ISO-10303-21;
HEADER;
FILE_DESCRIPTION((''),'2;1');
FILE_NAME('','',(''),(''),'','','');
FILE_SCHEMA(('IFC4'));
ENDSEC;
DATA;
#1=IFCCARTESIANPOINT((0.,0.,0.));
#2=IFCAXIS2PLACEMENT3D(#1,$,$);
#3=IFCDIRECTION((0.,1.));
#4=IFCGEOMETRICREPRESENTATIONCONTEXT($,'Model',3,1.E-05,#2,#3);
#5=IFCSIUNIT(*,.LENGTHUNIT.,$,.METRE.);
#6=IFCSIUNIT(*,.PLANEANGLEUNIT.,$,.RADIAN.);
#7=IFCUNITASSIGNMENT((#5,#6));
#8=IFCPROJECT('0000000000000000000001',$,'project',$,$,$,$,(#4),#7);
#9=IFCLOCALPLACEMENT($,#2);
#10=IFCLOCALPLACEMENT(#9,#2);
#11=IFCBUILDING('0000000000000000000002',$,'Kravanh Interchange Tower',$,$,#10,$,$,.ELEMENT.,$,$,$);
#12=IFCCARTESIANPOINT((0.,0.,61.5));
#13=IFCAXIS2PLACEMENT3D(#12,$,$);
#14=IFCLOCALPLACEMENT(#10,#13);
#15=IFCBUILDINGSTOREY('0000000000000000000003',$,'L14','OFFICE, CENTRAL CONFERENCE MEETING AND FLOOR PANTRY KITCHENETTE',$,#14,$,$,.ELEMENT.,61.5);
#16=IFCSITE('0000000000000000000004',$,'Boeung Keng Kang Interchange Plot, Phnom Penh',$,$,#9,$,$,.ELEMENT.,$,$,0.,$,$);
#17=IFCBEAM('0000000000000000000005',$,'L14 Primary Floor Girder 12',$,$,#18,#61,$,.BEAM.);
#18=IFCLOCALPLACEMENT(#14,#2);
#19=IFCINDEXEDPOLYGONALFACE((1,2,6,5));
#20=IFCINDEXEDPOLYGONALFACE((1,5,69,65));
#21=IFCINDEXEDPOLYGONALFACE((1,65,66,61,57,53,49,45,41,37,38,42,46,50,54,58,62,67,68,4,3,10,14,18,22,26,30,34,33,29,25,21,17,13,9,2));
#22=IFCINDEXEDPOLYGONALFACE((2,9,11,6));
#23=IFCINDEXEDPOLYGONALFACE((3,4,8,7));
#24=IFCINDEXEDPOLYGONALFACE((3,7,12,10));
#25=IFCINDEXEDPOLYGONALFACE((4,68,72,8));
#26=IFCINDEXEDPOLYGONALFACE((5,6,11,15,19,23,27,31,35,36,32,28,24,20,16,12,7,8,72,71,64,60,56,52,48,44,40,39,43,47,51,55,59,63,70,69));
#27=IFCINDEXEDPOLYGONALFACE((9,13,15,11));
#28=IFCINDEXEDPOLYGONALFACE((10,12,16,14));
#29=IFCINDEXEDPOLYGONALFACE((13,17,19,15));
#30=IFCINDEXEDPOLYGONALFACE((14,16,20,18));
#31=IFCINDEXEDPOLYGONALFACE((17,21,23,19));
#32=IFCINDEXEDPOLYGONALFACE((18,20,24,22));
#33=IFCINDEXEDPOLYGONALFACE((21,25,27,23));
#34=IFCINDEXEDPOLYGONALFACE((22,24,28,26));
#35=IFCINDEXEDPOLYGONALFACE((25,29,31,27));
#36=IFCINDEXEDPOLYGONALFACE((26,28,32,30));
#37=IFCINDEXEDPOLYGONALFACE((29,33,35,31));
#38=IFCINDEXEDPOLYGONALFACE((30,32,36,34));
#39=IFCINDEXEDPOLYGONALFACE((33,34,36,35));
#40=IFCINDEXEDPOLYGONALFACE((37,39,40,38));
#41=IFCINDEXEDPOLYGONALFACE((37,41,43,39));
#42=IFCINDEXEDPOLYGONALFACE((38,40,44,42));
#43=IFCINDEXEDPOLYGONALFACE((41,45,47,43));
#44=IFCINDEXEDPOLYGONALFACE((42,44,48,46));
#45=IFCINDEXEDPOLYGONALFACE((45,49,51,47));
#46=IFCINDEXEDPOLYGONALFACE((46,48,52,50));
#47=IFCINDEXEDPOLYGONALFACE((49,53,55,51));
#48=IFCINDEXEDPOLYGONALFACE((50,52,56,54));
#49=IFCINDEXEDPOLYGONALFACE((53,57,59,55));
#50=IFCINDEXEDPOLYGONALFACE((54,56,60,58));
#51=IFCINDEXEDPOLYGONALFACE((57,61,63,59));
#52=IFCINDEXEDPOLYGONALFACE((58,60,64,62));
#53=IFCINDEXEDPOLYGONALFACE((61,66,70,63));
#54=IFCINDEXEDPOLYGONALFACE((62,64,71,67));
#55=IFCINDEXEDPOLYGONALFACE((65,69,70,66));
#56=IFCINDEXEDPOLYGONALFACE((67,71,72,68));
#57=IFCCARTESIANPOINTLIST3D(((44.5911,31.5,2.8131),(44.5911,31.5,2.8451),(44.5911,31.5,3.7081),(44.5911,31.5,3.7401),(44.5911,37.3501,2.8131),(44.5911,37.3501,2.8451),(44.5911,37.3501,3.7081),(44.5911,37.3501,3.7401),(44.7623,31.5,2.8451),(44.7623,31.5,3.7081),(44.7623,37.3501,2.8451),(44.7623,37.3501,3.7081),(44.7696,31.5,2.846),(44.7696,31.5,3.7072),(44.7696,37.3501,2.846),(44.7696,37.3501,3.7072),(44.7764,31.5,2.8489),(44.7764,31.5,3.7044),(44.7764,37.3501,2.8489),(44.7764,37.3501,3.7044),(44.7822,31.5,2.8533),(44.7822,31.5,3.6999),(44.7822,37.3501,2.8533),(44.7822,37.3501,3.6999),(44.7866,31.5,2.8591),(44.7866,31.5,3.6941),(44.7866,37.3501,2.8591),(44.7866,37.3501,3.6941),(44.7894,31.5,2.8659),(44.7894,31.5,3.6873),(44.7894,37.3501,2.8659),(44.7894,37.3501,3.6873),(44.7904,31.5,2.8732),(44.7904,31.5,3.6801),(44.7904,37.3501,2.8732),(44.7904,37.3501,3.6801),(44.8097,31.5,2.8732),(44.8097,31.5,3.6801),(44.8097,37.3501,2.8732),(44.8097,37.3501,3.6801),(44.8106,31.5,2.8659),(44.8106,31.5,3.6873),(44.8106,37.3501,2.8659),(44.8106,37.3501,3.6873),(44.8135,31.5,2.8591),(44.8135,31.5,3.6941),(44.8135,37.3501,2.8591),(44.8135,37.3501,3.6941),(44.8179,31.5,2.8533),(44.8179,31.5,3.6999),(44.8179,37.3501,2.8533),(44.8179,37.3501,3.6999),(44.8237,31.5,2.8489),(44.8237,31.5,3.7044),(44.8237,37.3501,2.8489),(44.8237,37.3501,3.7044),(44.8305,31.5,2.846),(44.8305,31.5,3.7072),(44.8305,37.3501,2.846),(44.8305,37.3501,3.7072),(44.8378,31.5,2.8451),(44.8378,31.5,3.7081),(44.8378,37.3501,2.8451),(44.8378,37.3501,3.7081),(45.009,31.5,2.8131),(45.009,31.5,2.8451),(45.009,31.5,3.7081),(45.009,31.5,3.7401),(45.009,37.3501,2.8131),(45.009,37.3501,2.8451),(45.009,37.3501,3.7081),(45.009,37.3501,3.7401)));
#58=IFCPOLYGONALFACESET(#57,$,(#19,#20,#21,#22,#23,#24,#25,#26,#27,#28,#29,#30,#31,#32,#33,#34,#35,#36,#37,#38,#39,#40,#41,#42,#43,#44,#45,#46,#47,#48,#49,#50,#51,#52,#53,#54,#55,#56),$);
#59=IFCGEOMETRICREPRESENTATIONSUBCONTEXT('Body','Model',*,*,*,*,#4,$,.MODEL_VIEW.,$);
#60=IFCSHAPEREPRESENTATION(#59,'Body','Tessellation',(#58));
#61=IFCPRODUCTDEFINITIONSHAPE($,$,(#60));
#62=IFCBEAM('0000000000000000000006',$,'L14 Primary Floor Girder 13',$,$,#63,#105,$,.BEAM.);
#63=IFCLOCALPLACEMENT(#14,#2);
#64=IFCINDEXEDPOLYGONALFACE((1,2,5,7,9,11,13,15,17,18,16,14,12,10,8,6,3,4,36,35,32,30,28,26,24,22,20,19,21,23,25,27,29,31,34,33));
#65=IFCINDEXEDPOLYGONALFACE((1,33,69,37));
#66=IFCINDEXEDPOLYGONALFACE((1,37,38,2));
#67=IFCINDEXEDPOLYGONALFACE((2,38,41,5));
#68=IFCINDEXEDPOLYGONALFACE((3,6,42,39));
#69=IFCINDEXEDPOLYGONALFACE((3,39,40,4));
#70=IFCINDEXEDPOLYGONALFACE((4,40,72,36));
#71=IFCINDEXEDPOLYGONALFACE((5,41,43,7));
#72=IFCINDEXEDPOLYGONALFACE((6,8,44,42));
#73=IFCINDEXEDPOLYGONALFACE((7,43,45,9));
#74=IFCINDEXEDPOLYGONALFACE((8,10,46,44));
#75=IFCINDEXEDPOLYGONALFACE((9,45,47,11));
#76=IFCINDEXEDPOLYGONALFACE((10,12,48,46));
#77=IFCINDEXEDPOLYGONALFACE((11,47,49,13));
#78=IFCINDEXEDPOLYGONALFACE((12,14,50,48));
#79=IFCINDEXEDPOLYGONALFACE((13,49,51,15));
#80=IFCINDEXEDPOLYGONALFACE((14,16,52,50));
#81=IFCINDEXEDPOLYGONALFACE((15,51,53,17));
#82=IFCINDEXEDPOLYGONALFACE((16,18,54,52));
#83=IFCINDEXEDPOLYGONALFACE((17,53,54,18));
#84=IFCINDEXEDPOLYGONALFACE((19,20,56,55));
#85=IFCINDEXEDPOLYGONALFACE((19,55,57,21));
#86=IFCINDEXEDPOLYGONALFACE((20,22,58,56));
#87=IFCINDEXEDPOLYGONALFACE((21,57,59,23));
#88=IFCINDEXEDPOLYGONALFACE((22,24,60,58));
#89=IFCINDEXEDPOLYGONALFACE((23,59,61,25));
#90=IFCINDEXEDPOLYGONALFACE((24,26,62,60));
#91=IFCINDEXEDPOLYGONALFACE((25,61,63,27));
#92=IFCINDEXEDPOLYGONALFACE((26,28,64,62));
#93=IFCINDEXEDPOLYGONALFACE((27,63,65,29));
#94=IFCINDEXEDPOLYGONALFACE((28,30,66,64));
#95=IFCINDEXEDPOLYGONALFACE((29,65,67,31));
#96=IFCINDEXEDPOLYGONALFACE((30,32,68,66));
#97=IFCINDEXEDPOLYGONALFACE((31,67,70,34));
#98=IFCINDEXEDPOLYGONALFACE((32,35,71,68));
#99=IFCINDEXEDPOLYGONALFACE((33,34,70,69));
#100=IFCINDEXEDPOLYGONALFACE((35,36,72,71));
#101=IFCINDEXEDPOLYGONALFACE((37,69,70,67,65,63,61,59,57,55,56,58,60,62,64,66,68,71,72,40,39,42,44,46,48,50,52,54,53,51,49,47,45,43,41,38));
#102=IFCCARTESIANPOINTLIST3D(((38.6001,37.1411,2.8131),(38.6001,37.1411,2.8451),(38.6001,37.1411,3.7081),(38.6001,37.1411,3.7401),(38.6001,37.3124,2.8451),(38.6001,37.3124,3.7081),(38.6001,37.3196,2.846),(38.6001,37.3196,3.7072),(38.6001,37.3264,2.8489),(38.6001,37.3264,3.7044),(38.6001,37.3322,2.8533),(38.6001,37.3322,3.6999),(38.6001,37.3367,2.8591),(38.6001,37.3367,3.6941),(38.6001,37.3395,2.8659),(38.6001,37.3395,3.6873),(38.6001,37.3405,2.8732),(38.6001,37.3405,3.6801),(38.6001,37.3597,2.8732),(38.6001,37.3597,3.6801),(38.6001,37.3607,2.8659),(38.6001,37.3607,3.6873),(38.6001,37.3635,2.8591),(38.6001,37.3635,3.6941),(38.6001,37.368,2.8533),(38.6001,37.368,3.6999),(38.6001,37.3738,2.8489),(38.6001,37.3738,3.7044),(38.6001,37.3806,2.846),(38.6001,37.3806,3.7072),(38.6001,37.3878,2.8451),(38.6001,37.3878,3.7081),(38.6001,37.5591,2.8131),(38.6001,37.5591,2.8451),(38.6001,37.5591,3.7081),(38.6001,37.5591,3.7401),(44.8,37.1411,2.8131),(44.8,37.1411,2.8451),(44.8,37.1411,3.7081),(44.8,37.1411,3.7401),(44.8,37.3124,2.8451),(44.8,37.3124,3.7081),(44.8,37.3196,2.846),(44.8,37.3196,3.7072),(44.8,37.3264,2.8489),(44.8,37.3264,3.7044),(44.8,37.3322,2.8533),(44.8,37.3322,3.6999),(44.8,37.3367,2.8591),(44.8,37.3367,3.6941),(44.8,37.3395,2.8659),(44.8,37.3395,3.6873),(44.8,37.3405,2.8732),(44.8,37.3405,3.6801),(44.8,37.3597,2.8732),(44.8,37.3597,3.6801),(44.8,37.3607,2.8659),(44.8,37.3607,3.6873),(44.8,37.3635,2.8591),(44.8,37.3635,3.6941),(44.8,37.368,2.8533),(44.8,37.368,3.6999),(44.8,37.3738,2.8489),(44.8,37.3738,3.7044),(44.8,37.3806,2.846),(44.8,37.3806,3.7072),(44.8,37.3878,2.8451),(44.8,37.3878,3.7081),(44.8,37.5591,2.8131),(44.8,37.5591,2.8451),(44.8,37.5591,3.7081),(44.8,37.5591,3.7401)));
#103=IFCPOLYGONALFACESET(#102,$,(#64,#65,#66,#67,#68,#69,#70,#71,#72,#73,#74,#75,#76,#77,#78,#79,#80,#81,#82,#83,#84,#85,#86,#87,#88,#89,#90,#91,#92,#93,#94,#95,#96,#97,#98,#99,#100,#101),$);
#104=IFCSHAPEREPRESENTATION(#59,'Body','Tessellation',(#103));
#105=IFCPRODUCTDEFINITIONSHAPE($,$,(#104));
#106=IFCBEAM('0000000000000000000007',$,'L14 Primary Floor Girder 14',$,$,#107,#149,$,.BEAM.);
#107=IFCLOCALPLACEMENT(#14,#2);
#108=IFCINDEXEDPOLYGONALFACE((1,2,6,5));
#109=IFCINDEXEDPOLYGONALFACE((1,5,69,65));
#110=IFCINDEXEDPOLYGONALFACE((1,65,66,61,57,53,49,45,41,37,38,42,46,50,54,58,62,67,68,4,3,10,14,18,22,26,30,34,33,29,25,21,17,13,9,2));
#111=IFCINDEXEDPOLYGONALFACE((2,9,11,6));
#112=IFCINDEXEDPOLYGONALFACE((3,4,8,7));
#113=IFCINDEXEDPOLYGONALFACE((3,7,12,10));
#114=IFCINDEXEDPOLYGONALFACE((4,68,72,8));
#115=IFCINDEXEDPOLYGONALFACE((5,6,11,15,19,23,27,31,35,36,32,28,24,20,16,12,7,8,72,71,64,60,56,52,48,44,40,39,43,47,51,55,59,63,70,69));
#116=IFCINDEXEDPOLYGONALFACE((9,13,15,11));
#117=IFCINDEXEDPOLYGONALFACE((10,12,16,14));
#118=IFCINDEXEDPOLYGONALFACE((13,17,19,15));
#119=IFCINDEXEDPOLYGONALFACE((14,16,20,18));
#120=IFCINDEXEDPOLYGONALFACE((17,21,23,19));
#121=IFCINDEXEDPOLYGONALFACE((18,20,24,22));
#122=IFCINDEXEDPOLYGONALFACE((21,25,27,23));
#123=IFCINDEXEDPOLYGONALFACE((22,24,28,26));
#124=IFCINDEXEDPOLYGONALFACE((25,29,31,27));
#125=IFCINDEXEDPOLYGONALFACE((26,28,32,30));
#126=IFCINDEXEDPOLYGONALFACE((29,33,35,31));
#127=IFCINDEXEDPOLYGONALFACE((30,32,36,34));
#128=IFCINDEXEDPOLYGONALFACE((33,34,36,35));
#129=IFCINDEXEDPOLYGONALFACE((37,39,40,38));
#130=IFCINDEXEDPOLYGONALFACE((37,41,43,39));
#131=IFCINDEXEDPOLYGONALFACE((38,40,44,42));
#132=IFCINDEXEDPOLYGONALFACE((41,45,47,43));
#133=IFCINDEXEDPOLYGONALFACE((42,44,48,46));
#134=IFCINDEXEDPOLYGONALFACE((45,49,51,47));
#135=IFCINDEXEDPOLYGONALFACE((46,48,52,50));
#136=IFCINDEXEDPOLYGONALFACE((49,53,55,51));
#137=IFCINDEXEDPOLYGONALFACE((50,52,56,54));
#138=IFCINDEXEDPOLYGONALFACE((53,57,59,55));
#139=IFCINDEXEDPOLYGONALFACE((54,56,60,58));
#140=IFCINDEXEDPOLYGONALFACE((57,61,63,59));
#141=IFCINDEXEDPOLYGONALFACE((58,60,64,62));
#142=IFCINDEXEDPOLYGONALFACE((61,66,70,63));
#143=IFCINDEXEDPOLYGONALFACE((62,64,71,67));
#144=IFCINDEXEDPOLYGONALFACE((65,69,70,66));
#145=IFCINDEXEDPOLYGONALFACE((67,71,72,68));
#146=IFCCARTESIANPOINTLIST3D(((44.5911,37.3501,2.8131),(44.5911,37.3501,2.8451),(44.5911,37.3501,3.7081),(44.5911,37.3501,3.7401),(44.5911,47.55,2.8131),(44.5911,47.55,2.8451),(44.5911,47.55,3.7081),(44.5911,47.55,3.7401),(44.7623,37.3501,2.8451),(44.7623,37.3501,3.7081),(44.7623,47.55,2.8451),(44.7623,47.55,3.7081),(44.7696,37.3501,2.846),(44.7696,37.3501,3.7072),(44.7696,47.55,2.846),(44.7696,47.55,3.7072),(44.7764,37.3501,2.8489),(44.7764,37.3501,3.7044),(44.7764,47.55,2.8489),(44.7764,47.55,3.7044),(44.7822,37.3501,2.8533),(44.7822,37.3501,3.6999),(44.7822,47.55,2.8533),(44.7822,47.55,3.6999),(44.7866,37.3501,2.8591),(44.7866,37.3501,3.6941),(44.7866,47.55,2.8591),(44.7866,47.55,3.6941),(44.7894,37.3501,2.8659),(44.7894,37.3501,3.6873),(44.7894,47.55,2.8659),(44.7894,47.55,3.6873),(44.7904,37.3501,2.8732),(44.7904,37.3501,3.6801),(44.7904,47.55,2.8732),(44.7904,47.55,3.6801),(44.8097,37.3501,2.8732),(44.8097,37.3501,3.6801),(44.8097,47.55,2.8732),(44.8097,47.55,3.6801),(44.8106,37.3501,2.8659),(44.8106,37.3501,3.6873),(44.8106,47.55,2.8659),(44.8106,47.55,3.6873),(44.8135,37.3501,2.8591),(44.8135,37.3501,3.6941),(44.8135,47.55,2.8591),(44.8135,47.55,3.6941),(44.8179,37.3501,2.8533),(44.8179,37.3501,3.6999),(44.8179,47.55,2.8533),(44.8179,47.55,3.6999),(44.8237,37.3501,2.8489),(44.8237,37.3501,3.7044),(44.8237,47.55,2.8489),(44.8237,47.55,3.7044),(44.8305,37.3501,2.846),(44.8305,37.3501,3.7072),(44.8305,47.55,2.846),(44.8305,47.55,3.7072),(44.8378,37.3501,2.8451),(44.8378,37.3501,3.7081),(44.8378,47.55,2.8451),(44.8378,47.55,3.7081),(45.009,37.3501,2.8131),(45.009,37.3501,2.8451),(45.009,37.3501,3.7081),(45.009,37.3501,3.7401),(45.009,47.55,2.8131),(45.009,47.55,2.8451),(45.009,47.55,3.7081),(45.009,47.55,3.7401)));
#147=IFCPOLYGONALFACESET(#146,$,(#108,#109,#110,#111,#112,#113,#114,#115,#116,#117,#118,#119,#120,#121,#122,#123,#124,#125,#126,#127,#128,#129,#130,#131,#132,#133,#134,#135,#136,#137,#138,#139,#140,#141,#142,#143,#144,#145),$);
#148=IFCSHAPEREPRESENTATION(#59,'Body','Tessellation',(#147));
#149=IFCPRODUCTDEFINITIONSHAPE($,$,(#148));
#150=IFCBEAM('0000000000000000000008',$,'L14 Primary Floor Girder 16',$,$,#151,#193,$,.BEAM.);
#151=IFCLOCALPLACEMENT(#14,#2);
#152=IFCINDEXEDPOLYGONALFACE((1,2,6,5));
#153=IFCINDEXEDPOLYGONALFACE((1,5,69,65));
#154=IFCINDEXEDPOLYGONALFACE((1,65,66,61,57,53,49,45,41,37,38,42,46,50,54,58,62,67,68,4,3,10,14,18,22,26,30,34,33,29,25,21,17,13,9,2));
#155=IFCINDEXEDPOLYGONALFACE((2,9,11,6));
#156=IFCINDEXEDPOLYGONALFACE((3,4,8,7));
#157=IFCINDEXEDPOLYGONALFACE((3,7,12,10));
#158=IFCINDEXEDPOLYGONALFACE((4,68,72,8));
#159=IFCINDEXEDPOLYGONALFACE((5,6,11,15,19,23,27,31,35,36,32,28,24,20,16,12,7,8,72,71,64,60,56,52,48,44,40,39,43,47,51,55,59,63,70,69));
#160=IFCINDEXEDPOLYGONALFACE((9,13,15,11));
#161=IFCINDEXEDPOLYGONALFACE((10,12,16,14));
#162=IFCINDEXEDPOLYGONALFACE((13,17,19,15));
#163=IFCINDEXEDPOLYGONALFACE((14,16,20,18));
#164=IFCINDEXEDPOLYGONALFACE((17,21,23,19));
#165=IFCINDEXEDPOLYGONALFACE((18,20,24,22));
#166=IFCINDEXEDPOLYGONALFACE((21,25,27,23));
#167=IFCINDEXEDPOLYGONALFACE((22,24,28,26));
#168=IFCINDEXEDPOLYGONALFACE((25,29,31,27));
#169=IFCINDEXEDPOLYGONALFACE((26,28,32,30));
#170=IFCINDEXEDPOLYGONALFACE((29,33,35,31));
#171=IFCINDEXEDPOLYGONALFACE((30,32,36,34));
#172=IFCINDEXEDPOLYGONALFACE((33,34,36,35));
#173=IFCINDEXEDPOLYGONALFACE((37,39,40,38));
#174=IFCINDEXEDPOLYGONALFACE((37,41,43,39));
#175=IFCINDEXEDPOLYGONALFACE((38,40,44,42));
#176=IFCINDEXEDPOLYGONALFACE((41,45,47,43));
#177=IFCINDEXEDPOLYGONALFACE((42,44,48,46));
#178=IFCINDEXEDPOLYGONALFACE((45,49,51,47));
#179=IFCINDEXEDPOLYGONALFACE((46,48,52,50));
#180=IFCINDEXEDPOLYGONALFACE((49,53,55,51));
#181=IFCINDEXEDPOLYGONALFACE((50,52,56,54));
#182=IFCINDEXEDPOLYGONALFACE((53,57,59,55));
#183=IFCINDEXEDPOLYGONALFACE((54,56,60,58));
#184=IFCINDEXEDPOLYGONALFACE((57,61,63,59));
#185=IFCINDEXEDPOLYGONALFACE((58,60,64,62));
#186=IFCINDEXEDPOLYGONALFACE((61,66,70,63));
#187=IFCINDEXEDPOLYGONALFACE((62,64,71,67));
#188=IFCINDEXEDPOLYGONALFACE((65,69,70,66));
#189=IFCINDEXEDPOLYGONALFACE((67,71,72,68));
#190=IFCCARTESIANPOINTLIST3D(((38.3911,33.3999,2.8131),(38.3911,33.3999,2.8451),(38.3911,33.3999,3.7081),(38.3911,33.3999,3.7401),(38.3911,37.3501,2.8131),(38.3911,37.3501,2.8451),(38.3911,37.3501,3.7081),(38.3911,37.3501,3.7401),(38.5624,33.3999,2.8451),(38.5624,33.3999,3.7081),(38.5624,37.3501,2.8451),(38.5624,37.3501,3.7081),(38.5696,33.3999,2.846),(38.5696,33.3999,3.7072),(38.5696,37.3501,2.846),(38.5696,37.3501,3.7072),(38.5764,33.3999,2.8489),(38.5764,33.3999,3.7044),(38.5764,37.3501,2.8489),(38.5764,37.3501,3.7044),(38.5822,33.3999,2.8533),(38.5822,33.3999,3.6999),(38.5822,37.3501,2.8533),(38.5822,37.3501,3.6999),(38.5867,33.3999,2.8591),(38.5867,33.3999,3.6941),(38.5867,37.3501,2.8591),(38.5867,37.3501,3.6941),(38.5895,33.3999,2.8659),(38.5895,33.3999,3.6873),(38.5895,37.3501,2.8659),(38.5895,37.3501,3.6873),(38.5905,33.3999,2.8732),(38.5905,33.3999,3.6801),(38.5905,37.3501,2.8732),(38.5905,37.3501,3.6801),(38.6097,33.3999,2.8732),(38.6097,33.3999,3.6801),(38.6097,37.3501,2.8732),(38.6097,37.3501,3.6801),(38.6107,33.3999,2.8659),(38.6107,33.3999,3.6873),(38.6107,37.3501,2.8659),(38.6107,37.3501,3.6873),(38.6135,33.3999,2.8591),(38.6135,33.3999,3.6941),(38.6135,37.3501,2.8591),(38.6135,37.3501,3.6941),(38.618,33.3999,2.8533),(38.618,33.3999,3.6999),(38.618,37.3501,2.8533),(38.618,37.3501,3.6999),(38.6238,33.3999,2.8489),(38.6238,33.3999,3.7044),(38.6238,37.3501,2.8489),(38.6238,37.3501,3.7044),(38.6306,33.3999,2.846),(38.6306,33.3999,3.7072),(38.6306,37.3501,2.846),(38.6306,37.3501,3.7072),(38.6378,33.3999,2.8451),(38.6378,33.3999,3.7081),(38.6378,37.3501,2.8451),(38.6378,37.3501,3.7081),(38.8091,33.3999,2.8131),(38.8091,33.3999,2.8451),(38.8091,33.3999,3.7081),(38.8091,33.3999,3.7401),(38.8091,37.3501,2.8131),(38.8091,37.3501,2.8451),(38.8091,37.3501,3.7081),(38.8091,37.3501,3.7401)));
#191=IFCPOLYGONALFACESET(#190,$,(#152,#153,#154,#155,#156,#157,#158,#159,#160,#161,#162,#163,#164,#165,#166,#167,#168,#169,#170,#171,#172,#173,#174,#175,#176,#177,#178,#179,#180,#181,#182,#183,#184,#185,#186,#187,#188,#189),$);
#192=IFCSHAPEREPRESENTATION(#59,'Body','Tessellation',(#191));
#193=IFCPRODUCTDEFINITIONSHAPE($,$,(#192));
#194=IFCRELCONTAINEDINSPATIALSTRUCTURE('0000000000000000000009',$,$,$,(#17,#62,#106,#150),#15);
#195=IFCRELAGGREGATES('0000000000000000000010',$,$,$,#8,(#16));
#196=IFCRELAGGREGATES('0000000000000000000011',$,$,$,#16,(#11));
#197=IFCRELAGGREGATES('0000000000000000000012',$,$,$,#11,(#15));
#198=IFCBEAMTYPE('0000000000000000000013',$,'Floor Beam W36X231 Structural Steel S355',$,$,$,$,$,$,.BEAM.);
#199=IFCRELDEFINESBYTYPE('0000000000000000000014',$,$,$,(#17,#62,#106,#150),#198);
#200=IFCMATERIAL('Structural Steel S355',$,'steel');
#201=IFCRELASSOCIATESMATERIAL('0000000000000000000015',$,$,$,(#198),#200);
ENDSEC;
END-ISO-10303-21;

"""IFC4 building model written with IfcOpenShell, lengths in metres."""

from ifc_helpers import new_model, si_unit, direction, frame, origin, origin_2d, place, context, subcontext, project, spatial, i_section, extrude, material, material_profile, profile_set, type_object, element, save


model = new_model("IFC4")

# Units and contexts
model_context = context("Model", 3, precision=1e-05, world=origin(), true_north=direction((0.0, 1.0)))
body_context = subcontext(model_context, "Body", "Model", "MODEL_VIEW")
ifc_project = project(units=[si_unit("LENGTHUNIT", "METRE"), si_unit("PLANEANGLEUNIT", "RADIAN")], contexts=[model_context])

# Site, building, storey
site_placement = place(None, origin())
site = spatial("IfcSite", under=ifc_project, at=site_placement, Name="Boeung Keng Kang Interchange Plot, Phnom Penh", CompositionType="ELEMENT", RefElevation=0.0)
building_placement = place(site_placement, origin())
building = spatial("IfcBuilding", under=site, at=building_placement, Name="Kravanh Interchange Tower", CompositionType="ELEMENT")
storey_placement = place(building_placement, frame((0.0, 0.0, 61.5)))
storey = spatial("IfcBuildingStorey", under=building, at=storey_placement, Name="L14", Description="OFFICE, CENTRAL CONFERENCE MEETING AND FLOOR PANTRY KITCHENETTE", CompositionType="ELEMENT", Elevation=61.5)

# Beams
ifc_material_1 = material(Name="Structural Steel S355", Category="steel")
ifc_material_profile_1 = material_profile(ifc_material_1, i_section(OverallWidth=0.418, OverallDepth=0.927, WebThickness=0.0193, FlangeThickness=0.032, FilletRadius=0.0281, at=origin_2d()), Name="W36X231")
ifc_profile_set_1 = profile_set([ifc_material_profile_1], Name="Structural Steel S355")
beam_type_1 = type_object("IfcBeamType", Name="Floor Beam W36X231 Structural Steel S355", PredefinedType="BEAM", material=ifc_profile_set_1)
beam_1_placement = place(storey_placement, frame((44.8, 37.3501, 3.2766), z_axis=(0.0, -1.0, 0.0), x_axis=(1.0, 0.0, 0.0)))
element("IfcBeam", 1, at=beam_1_placement, inside=storey, type_object=beam_type_1, Name="L14 Primary Floor Girder 12", PredefinedType="BEAM", context=body_context, shape_type="SweptSolid", body=[
    extrude(i_section(OverallWidth=0.418, OverallDepth=0.927, WebThickness=0.0193, FlangeThickness=0.032, FilletRadius=0.0281, at=origin_2d()), origin(), (0.0, 0.0, 1.0), 5.8501),
])
beam_2_placement = place(storey_placement, frame((44.8, 37.3501, 3.2766), z_axis=(-1.0, 0.0, 0.0), x_axis=(0.0, -1.0, 0.0)))
element("IfcBeam", 2, at=beam_2_placement, inside=storey, type_object=beam_type_1, Name="L14 Primary Floor Girder 13", PredefinedType="BEAM", context=body_context, shape_type="SweptSolid", body=[
    extrude(i_section(OverallWidth=0.418, OverallDepth=0.927, WebThickness=0.0193, FlangeThickness=0.032, FilletRadius=0.0281, at=origin_2d()), origin(), (0.0, 0.0, 1.0), 6.2),
])
beam_3_placement = place(storey_placement, frame((44.8, 37.3501, 3.2766), z_axis=(0.0, 1.0, 0.0), x_axis=(-1.0, 0.0, 0.0)))
element("IfcBeam", 3, at=beam_3_placement, inside=storey, type_object=beam_type_1, Name="L14 Primary Floor Girder 14", PredefinedType="BEAM", context=body_context, shape_type="SweptSolid", body=[
    extrude(i_section(OverallWidth=0.418, OverallDepth=0.927, WebThickness=0.0193, FlangeThickness=0.032, FilletRadius=0.0281, at=origin_2d()), origin(), (0.0, 0.0, 1.0), 10.2),
])
beam_4_placement = place(storey_placement, frame((38.6001, 37.3501, 3.2766), z_axis=(0.0, -1.0, 0.0), x_axis=(1.0, 0.0, 0.0)))
element("IfcBeam", 4, at=beam_4_placement, inside=storey, type_object=beam_type_1, Name="L14 Primary Floor Girder 16", PredefinedType="BEAM", context=body_context, shape_type="SweptSolid", body=[
    extrude(i_section(OverallWidth=0.418, OverallDepth=0.927, WebThickness=0.0193, FlangeThickness=0.032, FilletRadius=0.0281, at=origin_2d()), origin(), (0.0, 0.0, 1.0), 3.9502),
])

save(model, "model.ifc")
